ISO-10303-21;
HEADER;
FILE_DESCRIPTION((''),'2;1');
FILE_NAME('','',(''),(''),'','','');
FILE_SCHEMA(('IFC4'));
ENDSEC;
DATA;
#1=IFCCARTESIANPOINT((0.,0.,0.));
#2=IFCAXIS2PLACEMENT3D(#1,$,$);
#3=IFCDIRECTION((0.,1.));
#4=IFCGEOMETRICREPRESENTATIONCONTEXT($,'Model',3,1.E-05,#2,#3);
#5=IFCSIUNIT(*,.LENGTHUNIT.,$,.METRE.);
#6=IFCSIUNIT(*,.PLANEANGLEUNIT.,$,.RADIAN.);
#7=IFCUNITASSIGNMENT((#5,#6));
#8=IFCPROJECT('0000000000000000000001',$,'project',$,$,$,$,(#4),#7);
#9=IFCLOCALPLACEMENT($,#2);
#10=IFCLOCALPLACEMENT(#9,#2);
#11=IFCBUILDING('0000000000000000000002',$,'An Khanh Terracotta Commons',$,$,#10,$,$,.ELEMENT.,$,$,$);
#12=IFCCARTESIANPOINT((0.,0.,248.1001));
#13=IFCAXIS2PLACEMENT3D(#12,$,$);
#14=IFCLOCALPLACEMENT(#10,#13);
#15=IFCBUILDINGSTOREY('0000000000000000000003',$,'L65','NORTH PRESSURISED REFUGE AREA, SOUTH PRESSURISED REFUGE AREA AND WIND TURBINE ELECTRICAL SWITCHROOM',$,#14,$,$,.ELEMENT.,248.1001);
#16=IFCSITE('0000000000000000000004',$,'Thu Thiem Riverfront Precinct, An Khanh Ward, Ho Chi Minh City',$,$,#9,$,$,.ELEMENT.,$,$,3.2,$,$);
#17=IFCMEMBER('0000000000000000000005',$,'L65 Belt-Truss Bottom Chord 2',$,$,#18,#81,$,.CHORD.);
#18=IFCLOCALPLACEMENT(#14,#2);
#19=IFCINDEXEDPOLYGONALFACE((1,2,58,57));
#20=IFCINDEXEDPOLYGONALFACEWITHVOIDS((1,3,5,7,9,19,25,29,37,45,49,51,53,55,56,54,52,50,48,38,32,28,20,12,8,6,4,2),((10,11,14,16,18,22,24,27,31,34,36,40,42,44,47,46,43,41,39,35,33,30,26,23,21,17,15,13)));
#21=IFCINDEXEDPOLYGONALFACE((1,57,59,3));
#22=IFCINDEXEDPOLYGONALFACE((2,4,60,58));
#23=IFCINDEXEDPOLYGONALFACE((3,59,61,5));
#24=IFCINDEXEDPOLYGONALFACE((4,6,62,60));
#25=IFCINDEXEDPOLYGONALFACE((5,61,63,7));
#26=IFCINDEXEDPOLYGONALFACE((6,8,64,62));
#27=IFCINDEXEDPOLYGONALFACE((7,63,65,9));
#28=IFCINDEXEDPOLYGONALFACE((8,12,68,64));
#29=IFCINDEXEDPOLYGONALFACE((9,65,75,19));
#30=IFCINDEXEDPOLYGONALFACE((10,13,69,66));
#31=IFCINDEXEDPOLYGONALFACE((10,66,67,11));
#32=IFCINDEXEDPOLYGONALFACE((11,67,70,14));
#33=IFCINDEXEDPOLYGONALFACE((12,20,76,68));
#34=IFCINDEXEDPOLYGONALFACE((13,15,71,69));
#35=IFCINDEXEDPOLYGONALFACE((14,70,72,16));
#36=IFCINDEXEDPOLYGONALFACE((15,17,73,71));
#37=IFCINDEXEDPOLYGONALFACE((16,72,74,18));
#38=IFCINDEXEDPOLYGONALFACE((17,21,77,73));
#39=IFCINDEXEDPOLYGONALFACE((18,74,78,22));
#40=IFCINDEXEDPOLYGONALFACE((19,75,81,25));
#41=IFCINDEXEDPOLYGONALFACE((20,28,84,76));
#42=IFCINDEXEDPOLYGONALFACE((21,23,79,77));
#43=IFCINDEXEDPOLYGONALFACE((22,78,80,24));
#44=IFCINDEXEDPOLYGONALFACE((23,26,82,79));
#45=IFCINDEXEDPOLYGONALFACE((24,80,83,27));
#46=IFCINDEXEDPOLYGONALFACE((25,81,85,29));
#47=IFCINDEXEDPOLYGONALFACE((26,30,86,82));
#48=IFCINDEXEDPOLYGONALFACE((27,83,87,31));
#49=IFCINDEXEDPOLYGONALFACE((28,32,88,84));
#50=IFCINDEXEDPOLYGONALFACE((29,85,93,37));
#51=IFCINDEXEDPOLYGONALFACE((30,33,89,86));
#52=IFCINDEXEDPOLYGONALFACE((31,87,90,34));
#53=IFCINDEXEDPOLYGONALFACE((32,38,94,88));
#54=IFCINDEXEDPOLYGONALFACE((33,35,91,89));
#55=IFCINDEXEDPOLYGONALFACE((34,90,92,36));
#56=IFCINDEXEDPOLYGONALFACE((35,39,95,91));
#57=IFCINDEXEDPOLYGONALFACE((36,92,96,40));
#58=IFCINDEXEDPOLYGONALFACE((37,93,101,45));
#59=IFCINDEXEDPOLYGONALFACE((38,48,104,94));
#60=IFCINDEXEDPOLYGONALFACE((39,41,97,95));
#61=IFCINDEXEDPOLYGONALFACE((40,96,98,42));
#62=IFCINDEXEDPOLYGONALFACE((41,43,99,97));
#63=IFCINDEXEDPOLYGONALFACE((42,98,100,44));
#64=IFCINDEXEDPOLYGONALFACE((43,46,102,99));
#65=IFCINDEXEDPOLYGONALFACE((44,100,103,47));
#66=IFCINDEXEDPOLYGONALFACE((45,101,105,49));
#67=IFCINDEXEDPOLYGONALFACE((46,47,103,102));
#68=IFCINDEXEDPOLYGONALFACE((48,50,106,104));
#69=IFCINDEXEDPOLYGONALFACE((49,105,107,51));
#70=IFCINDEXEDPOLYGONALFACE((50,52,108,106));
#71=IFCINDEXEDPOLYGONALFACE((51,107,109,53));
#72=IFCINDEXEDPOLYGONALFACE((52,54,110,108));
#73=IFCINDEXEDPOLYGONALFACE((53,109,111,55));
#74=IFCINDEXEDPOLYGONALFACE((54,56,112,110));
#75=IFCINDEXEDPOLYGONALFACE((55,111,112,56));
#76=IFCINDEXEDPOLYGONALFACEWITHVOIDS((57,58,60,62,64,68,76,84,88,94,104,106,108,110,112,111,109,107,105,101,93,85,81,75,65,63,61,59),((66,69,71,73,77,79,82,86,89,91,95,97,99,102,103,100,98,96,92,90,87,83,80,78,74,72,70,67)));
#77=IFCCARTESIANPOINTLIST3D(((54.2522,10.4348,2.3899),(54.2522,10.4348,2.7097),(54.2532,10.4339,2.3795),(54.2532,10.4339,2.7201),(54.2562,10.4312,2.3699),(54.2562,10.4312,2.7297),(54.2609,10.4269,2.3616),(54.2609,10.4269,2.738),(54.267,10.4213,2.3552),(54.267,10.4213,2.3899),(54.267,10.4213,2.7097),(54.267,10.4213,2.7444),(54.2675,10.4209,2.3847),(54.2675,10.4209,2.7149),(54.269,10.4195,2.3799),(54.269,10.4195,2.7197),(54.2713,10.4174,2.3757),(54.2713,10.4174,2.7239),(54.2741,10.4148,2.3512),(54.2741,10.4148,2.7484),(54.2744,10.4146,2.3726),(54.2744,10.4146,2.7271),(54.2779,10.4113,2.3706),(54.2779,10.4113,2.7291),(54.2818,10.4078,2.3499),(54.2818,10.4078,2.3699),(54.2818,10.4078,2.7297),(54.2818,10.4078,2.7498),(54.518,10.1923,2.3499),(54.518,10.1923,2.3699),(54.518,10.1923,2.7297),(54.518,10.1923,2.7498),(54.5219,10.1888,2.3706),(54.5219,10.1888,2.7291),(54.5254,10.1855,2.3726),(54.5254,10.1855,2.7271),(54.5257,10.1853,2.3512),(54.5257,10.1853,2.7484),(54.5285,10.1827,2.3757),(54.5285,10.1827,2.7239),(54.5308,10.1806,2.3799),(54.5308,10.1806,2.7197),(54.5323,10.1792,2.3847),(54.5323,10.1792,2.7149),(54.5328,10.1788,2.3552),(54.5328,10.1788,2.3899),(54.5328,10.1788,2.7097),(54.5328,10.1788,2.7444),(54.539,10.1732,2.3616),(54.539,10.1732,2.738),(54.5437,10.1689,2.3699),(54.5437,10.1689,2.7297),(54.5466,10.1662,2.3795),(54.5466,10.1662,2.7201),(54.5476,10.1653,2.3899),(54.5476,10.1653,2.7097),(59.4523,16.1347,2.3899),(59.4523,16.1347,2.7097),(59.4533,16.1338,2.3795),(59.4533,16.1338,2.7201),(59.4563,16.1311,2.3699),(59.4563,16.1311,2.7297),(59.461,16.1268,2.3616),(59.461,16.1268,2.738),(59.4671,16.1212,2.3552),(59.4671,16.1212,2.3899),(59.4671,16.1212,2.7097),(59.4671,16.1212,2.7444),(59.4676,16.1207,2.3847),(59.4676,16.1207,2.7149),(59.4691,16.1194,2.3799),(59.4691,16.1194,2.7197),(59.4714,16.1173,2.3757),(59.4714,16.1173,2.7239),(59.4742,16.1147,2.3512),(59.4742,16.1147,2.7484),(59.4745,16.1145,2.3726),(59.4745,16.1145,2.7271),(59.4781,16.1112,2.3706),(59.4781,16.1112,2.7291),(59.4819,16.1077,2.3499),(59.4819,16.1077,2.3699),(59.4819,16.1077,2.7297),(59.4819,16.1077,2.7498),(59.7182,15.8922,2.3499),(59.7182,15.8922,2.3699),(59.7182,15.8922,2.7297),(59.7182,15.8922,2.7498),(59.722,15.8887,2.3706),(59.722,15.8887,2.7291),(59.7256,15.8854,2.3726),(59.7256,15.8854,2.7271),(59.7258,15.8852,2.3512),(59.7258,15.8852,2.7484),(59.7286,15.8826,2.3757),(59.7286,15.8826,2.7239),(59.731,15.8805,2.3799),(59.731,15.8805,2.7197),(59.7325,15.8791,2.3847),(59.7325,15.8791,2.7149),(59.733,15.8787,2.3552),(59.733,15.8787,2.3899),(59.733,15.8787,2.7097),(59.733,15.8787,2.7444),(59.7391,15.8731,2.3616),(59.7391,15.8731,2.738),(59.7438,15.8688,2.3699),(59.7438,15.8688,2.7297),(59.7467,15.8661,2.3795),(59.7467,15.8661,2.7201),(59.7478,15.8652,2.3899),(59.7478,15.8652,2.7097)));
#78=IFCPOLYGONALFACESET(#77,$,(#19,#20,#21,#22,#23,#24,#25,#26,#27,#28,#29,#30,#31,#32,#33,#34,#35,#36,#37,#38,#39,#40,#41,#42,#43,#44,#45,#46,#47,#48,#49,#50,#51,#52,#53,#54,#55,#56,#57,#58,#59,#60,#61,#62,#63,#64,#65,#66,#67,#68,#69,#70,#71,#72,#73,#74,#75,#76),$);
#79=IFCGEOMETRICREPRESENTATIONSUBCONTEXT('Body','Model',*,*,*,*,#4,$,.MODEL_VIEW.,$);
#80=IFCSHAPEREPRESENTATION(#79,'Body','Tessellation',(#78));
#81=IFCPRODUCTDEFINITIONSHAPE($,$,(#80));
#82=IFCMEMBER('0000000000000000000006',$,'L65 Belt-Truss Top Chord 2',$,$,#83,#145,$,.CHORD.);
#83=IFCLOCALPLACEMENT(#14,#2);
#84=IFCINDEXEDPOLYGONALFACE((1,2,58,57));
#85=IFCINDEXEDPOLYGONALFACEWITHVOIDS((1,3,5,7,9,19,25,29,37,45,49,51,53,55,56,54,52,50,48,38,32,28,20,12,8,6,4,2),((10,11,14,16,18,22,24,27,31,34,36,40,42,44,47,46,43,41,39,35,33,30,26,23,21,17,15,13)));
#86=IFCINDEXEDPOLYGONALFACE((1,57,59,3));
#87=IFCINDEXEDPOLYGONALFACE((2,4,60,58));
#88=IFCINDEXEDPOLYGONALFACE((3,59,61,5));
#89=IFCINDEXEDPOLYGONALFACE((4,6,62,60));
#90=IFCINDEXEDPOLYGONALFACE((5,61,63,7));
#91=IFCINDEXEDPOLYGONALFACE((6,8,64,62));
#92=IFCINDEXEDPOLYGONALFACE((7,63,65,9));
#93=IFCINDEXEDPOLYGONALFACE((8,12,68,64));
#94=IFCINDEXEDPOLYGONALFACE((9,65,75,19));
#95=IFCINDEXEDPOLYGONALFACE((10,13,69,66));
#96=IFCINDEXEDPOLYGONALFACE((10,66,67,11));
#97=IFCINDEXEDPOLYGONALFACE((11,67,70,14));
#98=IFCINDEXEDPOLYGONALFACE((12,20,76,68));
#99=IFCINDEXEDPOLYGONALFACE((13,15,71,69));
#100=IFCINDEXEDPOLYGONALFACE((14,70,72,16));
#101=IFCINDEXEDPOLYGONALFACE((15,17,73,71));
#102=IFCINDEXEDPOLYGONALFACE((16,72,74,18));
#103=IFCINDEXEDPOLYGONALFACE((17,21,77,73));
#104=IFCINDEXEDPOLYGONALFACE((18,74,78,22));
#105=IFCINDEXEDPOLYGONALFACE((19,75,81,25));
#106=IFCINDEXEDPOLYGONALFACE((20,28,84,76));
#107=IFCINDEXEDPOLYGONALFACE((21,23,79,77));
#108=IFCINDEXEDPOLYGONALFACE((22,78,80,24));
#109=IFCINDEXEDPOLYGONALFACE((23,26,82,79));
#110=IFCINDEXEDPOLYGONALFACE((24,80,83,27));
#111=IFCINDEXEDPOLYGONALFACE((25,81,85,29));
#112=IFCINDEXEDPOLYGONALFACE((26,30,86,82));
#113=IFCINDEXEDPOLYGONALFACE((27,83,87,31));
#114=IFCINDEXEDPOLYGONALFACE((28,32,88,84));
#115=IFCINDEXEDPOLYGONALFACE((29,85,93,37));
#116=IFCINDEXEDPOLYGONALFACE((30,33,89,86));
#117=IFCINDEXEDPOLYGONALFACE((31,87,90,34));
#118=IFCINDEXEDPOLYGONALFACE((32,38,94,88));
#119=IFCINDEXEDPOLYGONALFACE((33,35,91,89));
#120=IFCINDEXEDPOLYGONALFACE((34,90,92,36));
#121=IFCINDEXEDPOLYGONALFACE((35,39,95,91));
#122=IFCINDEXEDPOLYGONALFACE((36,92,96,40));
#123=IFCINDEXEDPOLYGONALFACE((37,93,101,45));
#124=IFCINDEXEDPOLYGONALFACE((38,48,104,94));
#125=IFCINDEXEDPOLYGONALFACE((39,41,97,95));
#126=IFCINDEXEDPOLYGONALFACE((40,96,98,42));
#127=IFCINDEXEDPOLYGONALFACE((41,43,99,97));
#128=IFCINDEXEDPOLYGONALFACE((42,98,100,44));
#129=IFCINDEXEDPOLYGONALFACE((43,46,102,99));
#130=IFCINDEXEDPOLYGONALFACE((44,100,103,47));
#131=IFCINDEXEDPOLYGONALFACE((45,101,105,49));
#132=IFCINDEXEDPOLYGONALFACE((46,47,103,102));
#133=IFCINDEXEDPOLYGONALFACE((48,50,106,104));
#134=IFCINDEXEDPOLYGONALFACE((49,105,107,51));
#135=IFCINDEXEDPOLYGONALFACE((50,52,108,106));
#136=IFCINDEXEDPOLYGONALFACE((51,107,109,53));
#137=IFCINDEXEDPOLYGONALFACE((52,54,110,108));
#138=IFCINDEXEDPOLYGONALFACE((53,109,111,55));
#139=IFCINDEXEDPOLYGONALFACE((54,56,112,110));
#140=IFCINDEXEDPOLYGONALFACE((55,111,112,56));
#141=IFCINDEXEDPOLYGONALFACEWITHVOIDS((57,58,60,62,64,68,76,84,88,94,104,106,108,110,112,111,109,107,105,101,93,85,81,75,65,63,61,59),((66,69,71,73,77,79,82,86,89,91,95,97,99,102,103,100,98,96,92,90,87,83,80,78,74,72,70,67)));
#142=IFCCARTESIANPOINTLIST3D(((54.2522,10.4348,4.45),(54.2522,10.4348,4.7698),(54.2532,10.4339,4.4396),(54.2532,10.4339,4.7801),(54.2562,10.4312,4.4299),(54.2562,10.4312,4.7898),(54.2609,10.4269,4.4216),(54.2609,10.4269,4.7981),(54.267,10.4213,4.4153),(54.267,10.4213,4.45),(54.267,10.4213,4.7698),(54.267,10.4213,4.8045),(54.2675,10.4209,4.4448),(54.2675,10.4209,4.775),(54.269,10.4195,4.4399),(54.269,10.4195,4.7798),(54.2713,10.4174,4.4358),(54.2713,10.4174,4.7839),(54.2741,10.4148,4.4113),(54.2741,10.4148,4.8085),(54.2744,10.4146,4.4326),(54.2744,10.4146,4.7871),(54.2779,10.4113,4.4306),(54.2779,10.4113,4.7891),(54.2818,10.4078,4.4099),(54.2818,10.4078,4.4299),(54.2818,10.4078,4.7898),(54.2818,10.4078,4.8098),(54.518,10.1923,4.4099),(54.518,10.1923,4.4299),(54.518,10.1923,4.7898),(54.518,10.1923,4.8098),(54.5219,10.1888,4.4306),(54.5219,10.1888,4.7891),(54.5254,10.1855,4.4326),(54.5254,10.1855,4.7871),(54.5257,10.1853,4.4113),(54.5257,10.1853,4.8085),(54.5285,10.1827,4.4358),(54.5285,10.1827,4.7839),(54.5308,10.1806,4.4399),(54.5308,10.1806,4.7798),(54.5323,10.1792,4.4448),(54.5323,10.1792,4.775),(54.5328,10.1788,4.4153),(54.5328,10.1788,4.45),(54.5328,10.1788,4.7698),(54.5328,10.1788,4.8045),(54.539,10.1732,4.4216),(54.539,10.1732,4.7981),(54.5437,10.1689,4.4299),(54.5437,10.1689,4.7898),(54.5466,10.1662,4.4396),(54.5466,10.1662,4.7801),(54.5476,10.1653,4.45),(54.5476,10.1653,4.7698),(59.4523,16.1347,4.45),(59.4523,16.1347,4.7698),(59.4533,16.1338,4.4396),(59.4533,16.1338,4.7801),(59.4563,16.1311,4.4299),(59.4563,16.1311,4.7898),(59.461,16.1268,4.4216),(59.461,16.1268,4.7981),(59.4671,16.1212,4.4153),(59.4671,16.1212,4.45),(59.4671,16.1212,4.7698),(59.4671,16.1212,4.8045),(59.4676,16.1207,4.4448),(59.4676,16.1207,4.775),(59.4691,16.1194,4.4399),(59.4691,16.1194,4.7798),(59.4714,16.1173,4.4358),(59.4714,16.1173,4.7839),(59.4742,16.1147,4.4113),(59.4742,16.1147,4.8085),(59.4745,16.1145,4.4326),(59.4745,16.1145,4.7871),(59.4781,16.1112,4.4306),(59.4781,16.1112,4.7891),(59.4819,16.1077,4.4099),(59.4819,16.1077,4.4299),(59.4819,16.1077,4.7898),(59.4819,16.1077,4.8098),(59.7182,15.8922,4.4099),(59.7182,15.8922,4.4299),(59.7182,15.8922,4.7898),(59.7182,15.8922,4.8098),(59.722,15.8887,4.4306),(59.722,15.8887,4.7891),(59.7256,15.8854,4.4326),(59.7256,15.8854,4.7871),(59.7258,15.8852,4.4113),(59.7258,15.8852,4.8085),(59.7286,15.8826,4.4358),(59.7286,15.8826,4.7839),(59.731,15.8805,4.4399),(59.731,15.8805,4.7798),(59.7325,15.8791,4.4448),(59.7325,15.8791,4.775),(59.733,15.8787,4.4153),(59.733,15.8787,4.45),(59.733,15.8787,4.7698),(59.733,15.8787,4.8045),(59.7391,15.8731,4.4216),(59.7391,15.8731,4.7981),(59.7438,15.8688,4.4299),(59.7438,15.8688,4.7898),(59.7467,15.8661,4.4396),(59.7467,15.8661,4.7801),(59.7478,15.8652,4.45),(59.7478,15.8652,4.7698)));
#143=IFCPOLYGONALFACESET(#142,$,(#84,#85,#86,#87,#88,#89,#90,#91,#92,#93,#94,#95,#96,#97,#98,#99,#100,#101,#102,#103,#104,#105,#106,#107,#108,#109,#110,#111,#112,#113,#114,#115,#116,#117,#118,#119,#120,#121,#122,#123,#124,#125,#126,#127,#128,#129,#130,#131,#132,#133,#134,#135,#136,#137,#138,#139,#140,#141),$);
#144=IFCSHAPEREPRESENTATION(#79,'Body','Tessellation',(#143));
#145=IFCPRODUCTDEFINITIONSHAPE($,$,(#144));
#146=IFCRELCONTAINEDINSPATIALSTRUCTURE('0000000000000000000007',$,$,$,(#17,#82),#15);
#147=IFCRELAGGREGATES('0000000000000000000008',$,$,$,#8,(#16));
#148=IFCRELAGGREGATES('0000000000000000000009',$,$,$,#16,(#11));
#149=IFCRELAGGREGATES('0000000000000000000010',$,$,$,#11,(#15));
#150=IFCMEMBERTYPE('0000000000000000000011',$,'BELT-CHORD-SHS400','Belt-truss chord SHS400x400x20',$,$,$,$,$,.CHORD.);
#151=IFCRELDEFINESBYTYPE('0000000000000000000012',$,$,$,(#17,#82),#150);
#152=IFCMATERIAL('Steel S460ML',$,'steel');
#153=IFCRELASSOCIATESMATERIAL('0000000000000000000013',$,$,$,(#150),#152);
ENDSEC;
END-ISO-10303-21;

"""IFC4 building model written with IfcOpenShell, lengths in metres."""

from ifc_helpers import new_model, si_unit, direction, frame, origin, origin_2d, place, context, subcontext, project, spatial, hollow_rectangle, extrude, material, material_profile, profile_set, type_object, element, save


model = new_model("IFC4")

# Units and contexts
model_context = context("Model", 3, precision=1e-05, world=origin(), true_north=direction((0.0, 1.0)))
body_context = subcontext(model_context, "Body", "Model", "MODEL_VIEW")
ifc_project = project(units=[si_unit("LENGTHUNIT", "METRE"), si_unit("PLANEANGLEUNIT", "RADIAN")], contexts=[model_context])

# Site, building, storey
site_placement = place(None, origin())
site = spatial("IfcSite", under=ifc_project, at=site_placement, Name="Thu Thiem Riverfront Precinct, An Khanh Ward, Ho Chi Minh City", CompositionType="ELEMENT", RefElevation=3.2)
building_placement = place(site_placement, origin())
building = spatial("IfcBuilding", under=site, at=building_placement, Name="An Khanh Terracotta Commons", CompositionType="ELEMENT")
storey_placement = place(building_placement, frame((0.0, 0.0, 248.1001)))
storey = spatial("IfcBuildingStorey", under=building, at=storey_placement, Name="L65", Description="NORTH PRESSURISED REFUGE AREA, SOUTH PRESSURISED REFUGE AREA AND WIND TURBINE ELECTRICAL SWITCHROOM", CompositionType="ELEMENT", Elevation=248.1001)

# Shared definitions
ifc_material_1 = material(Name="Steel S460ML", Category="steel")

# Members
ifc_material_profile_1 = material_profile(ifc_material_1, hollow_rectangle(XDim=0.3999, YDim=0.3999, WallThickness=0.02, InnerFilletRadius=0.02, OuterFilletRadius=0.04, at=origin_2d()), Name="SHS400x400x20")
ifc_profile_set_1 = profile_set([ifc_material_profile_1], Name="Steel S460ML")
member_type_1 = type_object("IfcMemberType", Name="BELT-CHORD-SHS400", Description="Belt-truss chord SHS400x400x20", PredefinedType="CHORD", material=ifc_profile_set_1)
for number, where, z_axis, x_axis, name in (
    (1, (54.3999, 10.3, 2.5498), (0.673979, 0.738751, 0.0), (-0.738751, 0.673979, 0.0), "L65 Belt-Truss Bottom Chord 2"),
    (2, (54.3999, 10.3, 4.6099), (0.673979, 0.738751, 0.0), (-0.738751, 0.673979, 0.0), "L65 Belt-Truss Top Chord 2"),
):
    element("IfcMember", number, at=place(storey_placement, frame(where, z_axis=z_axis, x_axis=x_axis)), inside=storey, type_object=member_type_1, Name=name, PredefinedType="CHORD", context=body_context, shape_type="SweptSolid", body=[
        extrude(hollow_rectangle(XDim=0.3999, YDim=0.3999, WallThickness=0.02, InnerFilletRadius=0.02, OuterFilletRadius=0.04, at=origin_2d()), origin(), (0.0, 0.0, 1.0), 7.7156),
    ])

save(model, "model.ifc")
